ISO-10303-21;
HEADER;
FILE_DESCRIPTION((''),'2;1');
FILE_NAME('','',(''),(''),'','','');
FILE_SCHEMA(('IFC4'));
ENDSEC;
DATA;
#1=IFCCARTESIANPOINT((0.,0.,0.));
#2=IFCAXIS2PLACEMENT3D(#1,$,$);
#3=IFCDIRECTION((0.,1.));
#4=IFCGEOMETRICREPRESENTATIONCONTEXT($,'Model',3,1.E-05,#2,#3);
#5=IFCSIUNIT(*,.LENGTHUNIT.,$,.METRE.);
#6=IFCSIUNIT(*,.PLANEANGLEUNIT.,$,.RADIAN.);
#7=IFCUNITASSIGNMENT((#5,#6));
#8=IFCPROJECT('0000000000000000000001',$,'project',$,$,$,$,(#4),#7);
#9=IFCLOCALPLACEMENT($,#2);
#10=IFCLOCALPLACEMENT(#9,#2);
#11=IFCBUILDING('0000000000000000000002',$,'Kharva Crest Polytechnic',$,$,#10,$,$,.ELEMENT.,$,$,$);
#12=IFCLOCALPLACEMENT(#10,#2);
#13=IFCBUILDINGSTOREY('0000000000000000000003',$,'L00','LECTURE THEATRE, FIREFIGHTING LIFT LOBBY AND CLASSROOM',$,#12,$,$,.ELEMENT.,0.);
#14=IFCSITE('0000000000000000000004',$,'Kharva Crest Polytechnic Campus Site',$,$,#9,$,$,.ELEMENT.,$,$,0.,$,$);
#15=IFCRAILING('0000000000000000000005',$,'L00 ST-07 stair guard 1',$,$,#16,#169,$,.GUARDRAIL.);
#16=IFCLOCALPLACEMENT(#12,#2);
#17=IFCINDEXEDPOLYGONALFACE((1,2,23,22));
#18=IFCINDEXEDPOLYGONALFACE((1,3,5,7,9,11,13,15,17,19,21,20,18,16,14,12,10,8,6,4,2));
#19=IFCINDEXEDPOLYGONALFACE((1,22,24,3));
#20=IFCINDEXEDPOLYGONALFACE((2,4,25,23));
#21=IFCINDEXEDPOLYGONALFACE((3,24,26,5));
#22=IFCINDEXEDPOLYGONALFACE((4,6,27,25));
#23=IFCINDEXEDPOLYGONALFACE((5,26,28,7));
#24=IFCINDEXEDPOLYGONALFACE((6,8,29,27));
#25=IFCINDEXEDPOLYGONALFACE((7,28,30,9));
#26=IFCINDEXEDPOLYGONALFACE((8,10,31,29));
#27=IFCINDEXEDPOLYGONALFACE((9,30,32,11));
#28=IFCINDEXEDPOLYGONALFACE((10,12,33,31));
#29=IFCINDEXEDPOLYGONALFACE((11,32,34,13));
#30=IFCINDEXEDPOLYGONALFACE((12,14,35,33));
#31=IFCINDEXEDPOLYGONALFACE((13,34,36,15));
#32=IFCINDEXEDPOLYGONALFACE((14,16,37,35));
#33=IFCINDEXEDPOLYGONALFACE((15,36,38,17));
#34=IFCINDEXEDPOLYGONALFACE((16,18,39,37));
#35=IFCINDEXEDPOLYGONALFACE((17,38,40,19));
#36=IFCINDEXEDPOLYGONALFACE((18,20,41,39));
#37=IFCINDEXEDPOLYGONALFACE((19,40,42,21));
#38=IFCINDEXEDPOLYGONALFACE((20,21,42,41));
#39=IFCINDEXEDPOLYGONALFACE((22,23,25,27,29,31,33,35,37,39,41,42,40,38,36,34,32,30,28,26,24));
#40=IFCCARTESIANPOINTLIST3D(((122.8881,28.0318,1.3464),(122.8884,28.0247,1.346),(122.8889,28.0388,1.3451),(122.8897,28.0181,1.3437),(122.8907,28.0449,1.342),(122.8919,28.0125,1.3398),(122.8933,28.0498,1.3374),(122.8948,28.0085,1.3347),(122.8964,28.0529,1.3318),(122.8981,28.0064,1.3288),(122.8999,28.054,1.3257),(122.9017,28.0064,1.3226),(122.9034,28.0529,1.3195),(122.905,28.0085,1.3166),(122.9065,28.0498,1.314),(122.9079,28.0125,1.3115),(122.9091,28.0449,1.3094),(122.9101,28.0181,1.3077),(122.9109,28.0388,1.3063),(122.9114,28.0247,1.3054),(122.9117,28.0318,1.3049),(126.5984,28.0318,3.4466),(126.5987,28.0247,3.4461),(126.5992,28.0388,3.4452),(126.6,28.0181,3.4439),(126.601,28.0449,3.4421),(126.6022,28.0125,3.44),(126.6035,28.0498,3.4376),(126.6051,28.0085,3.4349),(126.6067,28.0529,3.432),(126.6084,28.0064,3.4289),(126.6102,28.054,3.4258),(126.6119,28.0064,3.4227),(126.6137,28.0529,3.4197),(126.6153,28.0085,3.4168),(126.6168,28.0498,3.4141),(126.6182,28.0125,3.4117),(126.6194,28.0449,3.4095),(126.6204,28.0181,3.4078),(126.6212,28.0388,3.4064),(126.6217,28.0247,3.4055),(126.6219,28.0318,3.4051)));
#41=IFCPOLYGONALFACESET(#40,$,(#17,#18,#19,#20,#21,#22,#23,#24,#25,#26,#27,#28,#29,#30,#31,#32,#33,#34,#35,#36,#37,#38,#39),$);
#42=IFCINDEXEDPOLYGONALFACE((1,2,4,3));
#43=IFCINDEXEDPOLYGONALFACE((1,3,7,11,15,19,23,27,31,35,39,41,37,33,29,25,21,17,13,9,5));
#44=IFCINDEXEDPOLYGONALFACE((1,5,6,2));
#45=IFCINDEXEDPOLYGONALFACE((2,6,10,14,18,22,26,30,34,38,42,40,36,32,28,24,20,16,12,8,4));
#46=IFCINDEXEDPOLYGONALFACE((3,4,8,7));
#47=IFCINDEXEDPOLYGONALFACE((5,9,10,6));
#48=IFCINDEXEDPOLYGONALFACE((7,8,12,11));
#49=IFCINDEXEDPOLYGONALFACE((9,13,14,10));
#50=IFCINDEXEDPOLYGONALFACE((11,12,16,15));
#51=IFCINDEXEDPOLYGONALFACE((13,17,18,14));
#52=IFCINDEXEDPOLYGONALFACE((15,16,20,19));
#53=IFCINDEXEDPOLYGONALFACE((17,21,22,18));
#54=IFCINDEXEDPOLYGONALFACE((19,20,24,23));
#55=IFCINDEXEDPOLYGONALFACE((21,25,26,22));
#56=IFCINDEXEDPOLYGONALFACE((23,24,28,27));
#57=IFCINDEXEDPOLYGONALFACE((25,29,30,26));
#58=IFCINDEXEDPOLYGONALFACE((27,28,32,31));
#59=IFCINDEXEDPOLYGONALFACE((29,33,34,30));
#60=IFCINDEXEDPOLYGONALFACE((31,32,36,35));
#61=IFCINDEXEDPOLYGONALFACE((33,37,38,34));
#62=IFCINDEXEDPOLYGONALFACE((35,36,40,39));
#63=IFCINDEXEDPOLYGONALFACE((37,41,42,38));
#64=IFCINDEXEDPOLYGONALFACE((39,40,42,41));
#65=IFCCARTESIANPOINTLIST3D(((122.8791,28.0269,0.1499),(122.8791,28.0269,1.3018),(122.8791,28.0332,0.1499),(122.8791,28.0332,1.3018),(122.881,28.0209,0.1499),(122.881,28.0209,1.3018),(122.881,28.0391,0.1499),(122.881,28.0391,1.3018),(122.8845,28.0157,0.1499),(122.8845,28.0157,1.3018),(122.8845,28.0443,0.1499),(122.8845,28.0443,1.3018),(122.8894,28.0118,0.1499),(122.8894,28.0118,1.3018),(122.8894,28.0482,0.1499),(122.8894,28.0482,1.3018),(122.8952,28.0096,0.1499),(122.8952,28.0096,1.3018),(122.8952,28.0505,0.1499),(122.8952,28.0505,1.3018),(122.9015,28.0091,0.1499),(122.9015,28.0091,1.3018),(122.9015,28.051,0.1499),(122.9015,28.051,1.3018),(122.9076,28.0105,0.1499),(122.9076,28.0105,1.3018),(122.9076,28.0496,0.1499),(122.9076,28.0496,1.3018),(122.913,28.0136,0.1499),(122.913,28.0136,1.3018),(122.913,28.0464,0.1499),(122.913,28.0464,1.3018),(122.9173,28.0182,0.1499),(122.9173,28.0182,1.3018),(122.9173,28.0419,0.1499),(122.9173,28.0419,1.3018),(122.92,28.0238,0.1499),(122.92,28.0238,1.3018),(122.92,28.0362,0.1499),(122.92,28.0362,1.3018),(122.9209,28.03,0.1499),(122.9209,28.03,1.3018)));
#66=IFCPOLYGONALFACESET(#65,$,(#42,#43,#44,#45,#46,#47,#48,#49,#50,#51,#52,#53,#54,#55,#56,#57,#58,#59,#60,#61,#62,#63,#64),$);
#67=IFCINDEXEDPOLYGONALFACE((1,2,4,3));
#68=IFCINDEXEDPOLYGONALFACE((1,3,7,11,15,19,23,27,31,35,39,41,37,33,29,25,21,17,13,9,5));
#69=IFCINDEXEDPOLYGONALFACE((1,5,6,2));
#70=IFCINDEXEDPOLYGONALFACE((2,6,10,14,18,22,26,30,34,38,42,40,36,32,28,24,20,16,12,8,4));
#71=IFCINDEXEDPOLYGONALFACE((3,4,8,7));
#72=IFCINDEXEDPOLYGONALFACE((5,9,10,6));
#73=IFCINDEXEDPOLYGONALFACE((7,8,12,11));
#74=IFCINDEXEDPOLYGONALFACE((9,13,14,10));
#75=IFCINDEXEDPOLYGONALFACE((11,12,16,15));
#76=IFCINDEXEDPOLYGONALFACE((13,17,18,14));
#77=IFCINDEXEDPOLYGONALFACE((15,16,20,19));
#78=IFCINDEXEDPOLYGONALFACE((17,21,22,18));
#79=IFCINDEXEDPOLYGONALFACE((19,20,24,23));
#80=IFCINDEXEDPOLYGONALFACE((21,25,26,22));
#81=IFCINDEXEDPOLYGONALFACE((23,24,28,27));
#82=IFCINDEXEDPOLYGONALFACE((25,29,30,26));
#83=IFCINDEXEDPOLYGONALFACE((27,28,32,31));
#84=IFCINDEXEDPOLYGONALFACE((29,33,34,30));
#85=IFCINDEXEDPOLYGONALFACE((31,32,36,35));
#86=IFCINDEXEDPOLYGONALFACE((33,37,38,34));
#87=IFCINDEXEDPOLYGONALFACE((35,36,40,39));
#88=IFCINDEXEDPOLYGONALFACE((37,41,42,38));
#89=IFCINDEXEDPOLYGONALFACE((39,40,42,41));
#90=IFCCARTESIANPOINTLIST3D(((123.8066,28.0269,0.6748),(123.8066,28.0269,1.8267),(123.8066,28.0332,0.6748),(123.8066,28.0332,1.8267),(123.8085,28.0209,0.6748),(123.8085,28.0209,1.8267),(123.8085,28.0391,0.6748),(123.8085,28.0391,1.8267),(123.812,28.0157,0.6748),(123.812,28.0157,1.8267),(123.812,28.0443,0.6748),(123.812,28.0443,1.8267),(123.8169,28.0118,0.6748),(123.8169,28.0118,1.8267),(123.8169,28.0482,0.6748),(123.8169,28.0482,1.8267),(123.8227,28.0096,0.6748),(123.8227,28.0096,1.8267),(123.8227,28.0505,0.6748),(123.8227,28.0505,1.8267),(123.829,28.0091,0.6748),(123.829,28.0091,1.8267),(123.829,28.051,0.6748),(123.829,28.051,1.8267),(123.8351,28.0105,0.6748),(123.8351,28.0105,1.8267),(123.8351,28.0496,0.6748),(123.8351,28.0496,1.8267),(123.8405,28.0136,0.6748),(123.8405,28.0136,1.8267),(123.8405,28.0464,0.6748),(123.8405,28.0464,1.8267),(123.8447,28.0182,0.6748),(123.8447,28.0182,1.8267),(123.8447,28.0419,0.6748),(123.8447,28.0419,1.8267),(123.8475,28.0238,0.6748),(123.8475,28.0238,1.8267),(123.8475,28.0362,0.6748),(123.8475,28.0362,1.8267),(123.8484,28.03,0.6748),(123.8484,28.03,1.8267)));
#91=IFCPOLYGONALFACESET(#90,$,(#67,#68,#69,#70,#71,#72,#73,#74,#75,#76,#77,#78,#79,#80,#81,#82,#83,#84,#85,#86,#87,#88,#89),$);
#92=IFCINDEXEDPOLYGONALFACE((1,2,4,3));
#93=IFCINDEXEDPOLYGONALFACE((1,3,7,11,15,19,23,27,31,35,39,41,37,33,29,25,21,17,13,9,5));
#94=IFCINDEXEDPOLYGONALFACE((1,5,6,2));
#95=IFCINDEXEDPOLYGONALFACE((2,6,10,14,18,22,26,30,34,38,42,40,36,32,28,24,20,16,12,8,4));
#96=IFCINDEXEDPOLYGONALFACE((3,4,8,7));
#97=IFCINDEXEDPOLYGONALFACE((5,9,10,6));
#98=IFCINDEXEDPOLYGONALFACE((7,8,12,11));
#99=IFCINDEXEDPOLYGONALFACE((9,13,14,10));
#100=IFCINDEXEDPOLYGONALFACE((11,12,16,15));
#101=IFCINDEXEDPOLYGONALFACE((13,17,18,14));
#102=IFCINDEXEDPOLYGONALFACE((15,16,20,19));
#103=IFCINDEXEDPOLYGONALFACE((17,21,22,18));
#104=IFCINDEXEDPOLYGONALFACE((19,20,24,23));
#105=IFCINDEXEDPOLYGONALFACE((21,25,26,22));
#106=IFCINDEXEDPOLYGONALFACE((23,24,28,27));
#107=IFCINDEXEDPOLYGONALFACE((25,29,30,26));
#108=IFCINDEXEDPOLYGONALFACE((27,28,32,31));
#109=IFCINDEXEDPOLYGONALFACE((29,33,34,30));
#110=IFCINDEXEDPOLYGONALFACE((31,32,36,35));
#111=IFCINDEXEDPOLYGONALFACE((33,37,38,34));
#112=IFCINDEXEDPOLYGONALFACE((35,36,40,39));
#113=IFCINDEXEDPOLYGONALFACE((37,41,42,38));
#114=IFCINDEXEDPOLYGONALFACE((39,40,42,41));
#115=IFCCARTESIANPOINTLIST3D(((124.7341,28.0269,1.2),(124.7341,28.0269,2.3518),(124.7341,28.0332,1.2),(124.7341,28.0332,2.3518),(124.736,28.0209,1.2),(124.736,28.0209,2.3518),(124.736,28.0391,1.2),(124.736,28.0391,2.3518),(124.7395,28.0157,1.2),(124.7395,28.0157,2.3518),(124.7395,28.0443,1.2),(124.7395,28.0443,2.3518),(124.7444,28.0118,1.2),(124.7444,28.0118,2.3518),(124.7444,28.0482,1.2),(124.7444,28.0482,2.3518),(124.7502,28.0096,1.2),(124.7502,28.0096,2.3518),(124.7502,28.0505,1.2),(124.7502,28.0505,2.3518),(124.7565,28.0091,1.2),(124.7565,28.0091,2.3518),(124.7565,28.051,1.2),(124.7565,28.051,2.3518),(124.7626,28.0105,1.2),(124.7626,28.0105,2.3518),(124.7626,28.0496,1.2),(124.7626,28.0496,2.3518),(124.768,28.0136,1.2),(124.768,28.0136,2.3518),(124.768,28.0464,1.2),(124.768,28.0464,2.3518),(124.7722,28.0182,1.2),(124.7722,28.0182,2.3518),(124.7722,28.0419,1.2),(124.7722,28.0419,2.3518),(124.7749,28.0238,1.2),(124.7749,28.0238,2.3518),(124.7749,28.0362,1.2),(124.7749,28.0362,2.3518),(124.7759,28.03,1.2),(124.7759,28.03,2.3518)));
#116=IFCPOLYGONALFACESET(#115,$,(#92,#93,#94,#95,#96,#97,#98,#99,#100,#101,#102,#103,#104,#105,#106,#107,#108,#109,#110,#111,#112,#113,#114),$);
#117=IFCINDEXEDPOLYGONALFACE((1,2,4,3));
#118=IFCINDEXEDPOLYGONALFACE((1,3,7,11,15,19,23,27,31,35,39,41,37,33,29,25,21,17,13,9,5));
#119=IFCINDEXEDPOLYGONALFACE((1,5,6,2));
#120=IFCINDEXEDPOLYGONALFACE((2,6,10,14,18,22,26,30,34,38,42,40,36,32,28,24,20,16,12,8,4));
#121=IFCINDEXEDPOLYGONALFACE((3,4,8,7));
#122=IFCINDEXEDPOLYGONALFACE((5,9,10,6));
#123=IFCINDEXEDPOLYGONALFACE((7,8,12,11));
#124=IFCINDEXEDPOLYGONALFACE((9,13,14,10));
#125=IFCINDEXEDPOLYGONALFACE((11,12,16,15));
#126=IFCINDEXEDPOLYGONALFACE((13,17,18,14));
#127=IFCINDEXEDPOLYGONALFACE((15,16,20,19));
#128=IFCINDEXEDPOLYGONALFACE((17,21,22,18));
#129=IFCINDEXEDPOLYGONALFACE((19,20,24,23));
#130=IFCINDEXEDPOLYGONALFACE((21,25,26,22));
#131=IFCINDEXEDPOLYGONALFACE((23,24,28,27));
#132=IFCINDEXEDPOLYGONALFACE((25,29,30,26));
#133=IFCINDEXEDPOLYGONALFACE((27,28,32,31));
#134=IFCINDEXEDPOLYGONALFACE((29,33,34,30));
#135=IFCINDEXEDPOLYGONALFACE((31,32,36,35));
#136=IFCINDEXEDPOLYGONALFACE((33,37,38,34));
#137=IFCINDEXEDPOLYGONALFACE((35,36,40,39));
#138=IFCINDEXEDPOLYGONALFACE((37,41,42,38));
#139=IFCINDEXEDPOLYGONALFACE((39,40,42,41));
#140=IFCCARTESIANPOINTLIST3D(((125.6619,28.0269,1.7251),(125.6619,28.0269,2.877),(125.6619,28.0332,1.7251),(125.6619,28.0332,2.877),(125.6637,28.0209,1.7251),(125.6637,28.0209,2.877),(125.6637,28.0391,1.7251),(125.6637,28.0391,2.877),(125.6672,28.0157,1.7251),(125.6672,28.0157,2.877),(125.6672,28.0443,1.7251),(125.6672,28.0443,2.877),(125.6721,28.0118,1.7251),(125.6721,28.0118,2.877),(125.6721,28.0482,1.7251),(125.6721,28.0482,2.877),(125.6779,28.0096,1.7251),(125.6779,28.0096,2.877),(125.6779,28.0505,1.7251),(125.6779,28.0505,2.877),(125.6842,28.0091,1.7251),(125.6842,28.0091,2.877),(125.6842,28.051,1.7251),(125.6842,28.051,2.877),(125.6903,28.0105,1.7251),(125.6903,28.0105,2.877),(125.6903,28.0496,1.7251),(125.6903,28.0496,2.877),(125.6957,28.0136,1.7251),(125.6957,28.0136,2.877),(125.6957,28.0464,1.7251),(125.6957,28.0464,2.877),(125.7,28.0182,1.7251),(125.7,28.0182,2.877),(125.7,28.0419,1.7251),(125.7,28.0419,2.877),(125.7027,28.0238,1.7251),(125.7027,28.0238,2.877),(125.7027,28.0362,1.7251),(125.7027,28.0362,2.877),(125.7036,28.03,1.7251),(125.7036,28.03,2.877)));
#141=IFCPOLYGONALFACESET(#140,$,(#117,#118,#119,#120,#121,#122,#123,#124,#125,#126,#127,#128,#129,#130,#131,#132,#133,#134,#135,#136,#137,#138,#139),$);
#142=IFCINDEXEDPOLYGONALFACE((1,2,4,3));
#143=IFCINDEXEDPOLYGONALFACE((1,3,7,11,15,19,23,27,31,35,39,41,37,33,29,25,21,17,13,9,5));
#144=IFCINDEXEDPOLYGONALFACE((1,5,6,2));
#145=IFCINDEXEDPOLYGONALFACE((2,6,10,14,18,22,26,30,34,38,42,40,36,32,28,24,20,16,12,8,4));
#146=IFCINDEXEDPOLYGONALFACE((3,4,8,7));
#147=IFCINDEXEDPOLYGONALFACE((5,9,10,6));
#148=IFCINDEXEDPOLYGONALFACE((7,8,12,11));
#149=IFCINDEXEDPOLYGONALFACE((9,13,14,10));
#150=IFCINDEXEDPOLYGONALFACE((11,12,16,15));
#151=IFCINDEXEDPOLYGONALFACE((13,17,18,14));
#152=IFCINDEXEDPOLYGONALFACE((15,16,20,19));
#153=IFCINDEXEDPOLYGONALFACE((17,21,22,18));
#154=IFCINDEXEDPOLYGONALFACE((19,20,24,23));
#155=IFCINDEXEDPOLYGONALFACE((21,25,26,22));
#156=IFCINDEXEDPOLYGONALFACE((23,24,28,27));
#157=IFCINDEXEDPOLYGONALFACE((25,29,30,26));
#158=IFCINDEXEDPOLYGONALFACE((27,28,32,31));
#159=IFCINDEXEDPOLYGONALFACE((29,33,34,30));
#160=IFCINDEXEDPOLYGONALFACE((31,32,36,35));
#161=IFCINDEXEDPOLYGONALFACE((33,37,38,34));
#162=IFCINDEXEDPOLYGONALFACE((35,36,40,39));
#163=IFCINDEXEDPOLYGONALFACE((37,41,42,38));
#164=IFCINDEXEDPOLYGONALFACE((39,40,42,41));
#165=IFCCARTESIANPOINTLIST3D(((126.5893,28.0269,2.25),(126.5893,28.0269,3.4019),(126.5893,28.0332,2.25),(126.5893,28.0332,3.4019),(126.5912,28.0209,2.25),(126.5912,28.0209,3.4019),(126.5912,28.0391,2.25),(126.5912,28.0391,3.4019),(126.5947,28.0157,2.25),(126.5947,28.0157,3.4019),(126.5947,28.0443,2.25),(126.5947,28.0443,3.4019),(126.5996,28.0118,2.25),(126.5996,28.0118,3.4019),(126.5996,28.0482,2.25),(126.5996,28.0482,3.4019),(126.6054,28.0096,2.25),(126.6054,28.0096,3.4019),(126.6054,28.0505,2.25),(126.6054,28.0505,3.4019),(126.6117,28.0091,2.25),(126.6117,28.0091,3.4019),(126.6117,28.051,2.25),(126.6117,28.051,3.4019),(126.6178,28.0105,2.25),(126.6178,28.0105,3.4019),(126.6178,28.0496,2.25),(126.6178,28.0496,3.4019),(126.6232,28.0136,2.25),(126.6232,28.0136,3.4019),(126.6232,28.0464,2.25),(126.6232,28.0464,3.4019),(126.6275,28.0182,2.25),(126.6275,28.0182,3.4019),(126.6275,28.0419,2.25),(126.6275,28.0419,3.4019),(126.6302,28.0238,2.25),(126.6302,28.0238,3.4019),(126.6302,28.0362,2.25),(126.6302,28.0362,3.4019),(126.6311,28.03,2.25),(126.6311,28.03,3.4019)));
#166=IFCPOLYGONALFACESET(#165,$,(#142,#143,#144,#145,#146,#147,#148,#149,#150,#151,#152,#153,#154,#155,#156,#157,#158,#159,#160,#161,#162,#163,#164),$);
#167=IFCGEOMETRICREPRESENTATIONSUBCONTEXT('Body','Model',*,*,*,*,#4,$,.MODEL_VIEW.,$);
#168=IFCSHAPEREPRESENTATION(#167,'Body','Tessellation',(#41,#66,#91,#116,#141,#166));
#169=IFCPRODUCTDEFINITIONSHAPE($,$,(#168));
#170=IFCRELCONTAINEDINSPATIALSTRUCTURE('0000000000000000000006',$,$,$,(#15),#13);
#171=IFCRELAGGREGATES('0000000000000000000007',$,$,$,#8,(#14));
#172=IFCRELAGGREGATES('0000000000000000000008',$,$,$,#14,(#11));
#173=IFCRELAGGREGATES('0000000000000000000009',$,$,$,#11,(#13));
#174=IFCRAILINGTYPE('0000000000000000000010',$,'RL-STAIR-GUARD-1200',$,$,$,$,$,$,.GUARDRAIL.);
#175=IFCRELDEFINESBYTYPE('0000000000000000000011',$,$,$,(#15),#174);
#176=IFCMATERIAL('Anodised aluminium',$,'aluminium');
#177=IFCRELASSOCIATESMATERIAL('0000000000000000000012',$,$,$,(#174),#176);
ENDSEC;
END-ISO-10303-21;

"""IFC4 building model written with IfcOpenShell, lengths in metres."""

from ifc_helpers import new_model, si_unit, direction, frame, origin, origin_2d, place, context, subcontext, project, spatial, circle, extrude, material, type_object, element, save


model = new_model("IFC4")

# Units and contexts
model_context = context("Model", 3, precision=1e-05, world=origin(), true_north=direction((0.0, 1.0)))
body_context = subcontext(model_context, "Body", "Model", "MODEL_VIEW")
ifc_project = project(units=[si_unit("LENGTHUNIT", "METRE"), si_unit("PLANEANGLEUNIT", "RADIAN")], contexts=[model_context])

# Site, building, storey
site_placement = place(None, origin())
site = spatial("IfcSite", under=ifc_project, at=site_placement, Name="Kharva Crest Polytechnic Campus Site", CompositionType="ELEMENT", RefElevation=0.0)
building_placement = place(site_placement, origin())
building = spatial("IfcBuilding", under=site, at=building_placement, Name="Kharva Crest Polytechnic", CompositionType="ELEMENT")
storey_placement = place(building_placement, origin())
storey = spatial("IfcBuildingStorey", under=building, at=storey_placement, Name="L00", Description="LECTURE THEATRE, FIREFIGHTING LIFT LOBBY AND CLASSROOM", CompositionType="ELEMENT", Elevation=0.0)

# Shared definitions
ifc_material_1 = material(Name="Anodised aluminium", Category="aluminium")

# Railing
railing_type_1 = type_object("IfcRailingType", Name="RL-STAIR-GUARD-1200", PredefinedType="GUARDRAIL", material=ifc_material_1)
railing_1_placement = place(storey_placement, frame((122.8999, 28.03, 0.1499)))
element("IfcRailing", 1, at=railing_1_placement, inside=storey, type_object=railing_type_1, Name="L00 ST-07 stair guard 1", PredefinedType="GUARDRAIL", context=body_context, shape_type="SweptSolid", body=[
    extrude(circle(Radius=0.0239, at=origin_2d()), frame((0.0, 0.0, 1.1758), z_axis=(0.870259, 0.0, 0.492595), x_axis=(0.0, 1.0, 0.0)), (0.0, 0.0, 1.0), 4.2634),
    extrude(circle(Radius=0.021, at=origin_2d()), origin(), (0.0, 0.0, 1.0), 1.1519),
    extrude(circle(Radius=0.021, at=origin_2d()), frame((0.9275, 0.0, 0.5249)), (0.0, 0.0, 1.0), 1.1519),
    extrude(circle(Radius=0.021, at=origin_2d()), frame((1.855, 0.0, 1.05)), (0.0, 0.0, 1.0), 1.1519),
    extrude(circle(Radius=0.021, at=origin_2d()), frame((2.7827, 0.0, 1.5752)), (0.0, 0.0, 1.0), 1.1519),
    extrude(circle(Radius=0.021, at=origin_2d()), frame((3.7102, 0.0, 2.1001)), (0.0, 0.0, 1.0), 1.1519),
])

save(model, "model.ifc")
